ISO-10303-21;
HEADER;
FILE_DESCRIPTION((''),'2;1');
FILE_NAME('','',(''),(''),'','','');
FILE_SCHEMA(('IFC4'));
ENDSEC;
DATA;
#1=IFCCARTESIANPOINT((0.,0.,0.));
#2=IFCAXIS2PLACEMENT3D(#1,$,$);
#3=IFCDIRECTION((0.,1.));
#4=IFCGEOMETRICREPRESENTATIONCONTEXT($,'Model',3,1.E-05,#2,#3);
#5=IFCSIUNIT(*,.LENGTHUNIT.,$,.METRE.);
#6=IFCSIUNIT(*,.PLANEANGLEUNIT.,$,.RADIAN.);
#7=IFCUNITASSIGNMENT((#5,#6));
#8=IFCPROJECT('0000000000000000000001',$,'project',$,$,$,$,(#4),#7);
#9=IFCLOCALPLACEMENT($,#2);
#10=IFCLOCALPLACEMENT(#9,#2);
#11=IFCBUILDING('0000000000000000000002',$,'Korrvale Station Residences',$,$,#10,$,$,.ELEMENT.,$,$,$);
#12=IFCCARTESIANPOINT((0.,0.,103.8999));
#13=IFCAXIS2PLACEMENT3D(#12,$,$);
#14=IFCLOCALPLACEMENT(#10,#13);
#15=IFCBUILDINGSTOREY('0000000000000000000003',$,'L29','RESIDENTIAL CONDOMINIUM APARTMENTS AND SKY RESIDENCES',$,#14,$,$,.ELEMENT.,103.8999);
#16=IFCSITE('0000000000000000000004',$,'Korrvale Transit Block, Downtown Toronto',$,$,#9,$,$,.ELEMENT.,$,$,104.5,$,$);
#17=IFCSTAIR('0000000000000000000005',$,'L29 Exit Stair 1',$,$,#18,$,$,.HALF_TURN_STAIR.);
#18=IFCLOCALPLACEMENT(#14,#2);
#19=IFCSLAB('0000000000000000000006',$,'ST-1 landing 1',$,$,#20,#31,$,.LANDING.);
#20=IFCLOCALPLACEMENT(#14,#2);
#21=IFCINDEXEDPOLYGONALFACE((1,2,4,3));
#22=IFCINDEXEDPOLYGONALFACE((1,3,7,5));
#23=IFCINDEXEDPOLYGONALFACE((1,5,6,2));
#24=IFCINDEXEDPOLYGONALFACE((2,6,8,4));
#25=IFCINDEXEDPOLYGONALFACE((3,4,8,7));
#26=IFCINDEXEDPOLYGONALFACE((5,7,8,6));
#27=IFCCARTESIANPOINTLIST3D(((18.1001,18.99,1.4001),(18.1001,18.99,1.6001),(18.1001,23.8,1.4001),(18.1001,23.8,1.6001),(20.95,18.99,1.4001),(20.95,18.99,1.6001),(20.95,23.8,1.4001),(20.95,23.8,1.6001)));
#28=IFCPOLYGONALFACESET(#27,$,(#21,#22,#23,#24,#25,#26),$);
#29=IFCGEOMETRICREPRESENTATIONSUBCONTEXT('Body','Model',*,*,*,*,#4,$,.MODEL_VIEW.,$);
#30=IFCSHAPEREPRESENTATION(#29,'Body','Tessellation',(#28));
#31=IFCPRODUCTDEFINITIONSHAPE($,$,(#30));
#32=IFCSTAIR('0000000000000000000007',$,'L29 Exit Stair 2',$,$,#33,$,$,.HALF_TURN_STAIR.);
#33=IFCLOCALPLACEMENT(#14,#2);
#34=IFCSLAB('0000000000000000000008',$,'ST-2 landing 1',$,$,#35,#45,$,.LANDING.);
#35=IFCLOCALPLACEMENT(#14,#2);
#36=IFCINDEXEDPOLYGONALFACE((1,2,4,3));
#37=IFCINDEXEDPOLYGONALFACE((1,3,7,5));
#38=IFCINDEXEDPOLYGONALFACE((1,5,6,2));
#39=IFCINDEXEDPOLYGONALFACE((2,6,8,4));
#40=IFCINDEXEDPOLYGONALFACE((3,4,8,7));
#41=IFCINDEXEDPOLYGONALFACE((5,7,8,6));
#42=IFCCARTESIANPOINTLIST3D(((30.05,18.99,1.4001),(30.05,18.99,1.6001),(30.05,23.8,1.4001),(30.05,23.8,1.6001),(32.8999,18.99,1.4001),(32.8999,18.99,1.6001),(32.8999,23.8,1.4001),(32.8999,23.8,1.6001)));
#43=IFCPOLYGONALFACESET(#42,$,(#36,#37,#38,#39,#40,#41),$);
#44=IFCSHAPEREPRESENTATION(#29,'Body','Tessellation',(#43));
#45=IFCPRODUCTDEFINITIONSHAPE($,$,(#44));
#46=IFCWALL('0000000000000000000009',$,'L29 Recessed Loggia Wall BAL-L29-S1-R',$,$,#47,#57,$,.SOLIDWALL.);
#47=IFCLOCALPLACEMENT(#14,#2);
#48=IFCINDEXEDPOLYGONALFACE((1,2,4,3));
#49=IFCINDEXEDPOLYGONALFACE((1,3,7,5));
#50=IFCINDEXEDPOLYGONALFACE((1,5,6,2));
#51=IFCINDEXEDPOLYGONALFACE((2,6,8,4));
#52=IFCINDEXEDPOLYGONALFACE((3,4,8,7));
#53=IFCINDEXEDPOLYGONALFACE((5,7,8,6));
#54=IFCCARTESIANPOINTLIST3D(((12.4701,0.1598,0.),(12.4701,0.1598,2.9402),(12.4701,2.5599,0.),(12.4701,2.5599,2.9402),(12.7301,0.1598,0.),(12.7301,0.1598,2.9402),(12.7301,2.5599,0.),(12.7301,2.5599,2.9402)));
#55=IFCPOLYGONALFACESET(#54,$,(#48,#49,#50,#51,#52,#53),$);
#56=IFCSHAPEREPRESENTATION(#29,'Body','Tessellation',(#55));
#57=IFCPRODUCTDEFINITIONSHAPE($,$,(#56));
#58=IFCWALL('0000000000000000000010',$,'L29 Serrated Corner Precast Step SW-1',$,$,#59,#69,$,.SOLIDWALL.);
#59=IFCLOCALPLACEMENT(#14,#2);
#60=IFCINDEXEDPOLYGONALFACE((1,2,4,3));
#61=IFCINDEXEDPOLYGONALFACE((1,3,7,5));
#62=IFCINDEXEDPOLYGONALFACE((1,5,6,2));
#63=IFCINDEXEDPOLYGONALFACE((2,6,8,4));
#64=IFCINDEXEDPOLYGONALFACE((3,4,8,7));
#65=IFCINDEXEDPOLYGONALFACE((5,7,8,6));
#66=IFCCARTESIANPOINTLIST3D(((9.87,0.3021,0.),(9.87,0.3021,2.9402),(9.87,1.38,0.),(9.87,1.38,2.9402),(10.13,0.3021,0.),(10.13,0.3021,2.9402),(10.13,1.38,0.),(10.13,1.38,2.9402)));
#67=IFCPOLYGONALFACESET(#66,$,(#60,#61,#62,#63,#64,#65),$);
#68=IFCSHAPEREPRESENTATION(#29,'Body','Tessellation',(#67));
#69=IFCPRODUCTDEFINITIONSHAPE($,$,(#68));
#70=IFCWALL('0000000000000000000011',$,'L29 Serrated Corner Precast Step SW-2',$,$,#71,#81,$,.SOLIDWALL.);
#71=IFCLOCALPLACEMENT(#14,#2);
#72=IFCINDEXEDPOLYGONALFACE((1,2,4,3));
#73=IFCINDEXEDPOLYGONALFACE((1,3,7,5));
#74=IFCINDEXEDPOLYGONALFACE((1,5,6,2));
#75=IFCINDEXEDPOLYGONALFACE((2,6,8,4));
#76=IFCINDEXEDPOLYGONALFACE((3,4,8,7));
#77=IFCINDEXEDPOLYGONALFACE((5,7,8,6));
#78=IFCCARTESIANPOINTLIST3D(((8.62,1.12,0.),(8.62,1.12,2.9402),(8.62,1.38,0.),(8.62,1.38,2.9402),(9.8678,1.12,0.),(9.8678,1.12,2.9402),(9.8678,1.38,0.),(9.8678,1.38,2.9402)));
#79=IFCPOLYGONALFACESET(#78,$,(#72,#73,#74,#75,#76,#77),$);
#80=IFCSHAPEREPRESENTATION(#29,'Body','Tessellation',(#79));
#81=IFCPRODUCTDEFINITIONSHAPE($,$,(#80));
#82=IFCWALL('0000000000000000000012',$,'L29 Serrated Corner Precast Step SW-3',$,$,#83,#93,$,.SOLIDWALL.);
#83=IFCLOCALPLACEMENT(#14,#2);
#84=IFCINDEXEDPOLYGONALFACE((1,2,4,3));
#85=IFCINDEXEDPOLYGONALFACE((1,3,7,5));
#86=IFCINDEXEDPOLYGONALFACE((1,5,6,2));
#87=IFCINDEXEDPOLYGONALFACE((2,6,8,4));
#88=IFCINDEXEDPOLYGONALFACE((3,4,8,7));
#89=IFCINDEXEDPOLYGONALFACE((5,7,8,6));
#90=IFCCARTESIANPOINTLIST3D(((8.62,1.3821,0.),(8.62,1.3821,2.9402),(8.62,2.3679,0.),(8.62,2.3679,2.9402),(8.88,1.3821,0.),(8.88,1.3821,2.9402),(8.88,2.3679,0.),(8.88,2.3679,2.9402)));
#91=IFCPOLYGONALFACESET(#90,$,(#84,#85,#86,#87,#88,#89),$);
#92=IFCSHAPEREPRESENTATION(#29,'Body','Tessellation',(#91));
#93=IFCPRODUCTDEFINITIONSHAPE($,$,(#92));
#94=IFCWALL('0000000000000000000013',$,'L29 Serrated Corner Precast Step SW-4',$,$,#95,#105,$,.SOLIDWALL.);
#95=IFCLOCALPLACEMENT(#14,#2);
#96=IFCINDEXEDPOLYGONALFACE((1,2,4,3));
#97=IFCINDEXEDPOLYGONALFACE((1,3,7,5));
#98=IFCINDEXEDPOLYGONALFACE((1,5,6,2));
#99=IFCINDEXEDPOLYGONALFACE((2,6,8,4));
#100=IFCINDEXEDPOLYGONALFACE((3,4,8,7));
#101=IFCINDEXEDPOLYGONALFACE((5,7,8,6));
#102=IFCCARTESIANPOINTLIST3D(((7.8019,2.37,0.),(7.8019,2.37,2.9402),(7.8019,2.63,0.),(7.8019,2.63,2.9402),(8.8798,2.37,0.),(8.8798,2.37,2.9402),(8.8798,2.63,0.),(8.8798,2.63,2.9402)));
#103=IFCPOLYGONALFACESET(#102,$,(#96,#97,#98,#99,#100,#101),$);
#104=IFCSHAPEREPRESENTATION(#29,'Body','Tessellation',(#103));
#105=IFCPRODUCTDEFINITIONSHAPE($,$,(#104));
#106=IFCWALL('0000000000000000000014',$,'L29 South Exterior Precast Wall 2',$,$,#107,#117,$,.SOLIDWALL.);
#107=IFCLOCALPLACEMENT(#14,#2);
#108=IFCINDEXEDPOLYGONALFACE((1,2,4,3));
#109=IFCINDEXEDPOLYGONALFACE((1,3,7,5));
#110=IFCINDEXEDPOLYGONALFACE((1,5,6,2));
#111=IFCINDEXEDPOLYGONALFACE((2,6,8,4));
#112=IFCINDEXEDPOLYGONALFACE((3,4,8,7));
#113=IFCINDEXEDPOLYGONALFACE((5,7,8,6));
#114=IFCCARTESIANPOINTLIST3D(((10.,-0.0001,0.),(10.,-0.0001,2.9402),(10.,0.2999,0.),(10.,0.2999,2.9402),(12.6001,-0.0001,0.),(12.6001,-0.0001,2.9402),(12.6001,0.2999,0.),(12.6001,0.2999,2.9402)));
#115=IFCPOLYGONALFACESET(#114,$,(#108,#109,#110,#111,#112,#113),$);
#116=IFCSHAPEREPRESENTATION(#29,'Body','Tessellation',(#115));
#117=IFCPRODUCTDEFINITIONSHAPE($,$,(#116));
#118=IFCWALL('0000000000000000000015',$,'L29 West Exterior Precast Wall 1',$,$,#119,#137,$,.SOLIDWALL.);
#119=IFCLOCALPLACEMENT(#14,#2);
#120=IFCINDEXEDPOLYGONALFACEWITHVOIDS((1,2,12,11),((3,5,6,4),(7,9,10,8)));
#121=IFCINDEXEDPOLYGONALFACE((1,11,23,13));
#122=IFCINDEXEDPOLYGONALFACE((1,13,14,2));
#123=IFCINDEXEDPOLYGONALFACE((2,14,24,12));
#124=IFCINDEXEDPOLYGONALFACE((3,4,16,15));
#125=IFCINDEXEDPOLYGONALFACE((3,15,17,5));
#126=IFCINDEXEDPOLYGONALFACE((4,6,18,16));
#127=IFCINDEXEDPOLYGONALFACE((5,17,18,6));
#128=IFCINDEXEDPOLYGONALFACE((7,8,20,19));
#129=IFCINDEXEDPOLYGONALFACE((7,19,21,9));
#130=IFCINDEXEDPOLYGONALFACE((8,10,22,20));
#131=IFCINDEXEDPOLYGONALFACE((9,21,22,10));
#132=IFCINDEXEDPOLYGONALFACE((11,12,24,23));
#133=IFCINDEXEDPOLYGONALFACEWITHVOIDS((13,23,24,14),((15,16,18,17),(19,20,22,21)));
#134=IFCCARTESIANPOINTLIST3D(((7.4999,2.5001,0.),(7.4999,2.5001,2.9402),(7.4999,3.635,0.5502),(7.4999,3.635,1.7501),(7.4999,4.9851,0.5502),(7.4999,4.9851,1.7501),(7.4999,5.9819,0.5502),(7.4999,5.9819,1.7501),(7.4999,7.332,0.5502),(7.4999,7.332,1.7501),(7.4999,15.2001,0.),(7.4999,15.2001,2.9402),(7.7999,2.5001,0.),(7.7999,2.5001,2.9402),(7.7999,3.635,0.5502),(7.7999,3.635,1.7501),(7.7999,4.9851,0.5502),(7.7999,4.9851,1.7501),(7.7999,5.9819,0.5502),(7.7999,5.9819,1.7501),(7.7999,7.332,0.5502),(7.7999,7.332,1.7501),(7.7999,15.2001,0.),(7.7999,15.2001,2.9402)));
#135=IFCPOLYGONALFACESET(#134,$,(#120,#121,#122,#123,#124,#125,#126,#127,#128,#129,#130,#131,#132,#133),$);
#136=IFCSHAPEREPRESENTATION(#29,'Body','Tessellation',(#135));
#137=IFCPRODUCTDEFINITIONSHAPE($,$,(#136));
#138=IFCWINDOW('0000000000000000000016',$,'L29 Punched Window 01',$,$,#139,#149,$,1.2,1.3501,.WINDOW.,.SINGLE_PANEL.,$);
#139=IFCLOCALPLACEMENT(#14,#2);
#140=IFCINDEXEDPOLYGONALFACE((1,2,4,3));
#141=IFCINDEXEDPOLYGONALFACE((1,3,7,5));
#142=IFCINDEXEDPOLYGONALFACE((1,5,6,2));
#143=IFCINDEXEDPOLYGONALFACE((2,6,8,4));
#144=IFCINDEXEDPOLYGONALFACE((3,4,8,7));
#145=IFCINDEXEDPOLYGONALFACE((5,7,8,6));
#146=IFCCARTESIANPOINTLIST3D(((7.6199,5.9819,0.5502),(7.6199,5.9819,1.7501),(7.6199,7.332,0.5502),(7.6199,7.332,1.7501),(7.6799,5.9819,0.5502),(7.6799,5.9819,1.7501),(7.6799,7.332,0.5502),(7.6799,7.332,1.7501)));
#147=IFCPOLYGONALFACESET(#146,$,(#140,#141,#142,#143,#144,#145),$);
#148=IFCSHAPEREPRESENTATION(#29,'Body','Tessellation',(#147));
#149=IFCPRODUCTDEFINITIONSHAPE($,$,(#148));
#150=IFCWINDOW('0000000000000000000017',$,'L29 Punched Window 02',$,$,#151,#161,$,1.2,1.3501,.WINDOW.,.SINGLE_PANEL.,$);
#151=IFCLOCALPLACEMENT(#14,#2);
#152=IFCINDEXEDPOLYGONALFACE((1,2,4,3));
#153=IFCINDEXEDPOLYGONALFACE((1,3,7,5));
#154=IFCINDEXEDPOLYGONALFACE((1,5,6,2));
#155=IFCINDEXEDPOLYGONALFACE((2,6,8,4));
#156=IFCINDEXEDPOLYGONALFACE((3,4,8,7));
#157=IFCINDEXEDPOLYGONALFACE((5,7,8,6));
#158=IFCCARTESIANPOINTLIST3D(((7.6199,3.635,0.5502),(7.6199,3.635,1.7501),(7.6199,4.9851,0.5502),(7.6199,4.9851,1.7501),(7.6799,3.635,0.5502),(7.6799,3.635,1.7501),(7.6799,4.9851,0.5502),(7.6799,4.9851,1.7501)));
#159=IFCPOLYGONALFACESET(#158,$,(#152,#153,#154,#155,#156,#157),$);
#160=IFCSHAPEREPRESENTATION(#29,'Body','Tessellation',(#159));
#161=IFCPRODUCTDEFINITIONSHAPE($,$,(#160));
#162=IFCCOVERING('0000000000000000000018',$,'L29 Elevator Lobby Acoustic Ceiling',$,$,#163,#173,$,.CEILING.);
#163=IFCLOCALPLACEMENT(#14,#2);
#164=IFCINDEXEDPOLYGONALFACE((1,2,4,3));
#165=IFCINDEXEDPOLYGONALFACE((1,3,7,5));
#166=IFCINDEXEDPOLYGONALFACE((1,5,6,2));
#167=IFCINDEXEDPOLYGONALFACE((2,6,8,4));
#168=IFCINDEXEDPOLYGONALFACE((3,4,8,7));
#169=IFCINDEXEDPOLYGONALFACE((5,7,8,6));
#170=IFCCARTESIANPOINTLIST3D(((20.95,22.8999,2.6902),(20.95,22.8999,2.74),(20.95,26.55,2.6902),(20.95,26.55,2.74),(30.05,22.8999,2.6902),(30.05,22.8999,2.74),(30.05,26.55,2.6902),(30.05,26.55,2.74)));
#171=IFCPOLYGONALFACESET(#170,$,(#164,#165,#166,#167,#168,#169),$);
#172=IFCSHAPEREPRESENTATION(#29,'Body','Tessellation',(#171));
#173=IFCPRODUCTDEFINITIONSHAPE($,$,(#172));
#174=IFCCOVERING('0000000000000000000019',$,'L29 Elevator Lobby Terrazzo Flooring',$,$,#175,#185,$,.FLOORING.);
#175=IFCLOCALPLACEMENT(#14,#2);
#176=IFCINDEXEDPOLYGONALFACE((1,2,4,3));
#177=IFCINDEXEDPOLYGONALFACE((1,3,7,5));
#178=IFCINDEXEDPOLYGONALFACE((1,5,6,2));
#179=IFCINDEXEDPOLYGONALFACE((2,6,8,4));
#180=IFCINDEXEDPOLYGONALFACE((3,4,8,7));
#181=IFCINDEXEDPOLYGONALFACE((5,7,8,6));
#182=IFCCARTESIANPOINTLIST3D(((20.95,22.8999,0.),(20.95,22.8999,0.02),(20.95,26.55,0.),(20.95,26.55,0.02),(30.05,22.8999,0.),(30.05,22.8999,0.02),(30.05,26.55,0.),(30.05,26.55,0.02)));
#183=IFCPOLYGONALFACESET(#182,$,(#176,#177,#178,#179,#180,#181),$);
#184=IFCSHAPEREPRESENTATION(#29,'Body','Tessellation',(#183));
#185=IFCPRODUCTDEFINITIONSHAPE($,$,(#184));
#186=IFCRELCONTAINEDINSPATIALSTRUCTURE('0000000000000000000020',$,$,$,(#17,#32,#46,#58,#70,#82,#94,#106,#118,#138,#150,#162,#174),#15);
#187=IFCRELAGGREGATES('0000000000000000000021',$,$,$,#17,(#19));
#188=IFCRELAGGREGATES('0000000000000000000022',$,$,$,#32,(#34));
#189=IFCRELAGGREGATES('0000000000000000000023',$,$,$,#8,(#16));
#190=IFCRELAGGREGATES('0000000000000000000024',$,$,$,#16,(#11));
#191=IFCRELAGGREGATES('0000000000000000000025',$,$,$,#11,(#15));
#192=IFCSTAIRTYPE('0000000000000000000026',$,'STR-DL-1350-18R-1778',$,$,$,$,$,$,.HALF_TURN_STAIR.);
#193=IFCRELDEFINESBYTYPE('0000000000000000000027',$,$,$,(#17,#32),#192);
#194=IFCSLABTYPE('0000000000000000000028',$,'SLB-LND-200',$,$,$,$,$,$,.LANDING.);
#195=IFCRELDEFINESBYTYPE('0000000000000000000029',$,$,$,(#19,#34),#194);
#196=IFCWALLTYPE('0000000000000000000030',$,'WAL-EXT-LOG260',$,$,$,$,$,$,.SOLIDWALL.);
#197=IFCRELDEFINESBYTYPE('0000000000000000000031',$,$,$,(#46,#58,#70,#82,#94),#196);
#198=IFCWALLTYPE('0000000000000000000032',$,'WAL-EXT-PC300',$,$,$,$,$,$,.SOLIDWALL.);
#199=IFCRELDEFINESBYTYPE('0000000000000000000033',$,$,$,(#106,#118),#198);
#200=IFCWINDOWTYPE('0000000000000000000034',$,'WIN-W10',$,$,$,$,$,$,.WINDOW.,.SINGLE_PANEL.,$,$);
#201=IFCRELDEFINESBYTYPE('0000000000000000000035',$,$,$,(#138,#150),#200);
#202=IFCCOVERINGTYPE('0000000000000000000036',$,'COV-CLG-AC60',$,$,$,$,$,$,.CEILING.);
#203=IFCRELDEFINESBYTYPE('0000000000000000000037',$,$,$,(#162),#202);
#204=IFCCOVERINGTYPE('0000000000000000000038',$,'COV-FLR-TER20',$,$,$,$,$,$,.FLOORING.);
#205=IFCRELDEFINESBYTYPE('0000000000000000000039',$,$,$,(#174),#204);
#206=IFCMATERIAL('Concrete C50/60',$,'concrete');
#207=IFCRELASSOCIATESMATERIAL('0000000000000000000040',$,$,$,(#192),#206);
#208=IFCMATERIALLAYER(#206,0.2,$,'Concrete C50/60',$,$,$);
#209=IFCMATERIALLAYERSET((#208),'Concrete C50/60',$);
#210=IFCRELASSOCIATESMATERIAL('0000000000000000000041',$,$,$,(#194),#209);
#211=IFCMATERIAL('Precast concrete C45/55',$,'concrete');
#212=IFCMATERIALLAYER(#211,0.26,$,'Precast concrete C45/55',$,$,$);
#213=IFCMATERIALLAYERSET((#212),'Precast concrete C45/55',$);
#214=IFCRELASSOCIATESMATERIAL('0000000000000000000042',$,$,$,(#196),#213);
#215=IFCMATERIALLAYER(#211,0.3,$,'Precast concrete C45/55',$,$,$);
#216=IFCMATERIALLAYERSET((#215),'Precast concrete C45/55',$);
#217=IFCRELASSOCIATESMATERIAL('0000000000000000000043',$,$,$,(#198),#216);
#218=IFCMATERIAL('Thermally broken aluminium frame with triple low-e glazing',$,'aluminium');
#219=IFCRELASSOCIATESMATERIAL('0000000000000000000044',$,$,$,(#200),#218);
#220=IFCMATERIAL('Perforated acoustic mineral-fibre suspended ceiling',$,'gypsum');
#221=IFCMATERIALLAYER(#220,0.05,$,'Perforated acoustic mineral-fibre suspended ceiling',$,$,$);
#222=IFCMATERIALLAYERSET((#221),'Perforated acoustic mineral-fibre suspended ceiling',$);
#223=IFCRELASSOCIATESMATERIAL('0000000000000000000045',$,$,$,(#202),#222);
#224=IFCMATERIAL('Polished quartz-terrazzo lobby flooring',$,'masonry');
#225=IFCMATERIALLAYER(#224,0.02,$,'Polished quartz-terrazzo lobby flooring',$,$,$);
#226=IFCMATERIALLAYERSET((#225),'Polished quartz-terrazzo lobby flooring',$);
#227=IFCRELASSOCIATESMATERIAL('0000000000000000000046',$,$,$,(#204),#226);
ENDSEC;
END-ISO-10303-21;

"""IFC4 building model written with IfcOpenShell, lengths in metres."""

from ifc_helpers import new_model, si_unit, direction, frame, frame_2d, origin, place, context, subcontext, project, spatial, polyline, rectangle, outline, extrude, material, layer, layer_set, type_object, element, fill, aggregate, save


model = new_model("IFC4")

# Units and contexts
model_context = context("Model", 3, precision=1e-05, world=origin(), true_north=direction((0.0, 1.0)))
body_context = subcontext(model_context, "Body", "Model", "MODEL_VIEW")
ifc_project = project(units=[si_unit("LENGTHUNIT", "METRE"), si_unit("PLANEANGLEUNIT", "RADIAN")], contexts=[model_context])

# Site, building, storey
site_placement = place(None, origin())
site = spatial("IfcSite", under=ifc_project, at=site_placement, Name="Korrvale Transit Block, Downtown Toronto", CompositionType="ELEMENT", RefElevation=104.5)
building_placement = place(site_placement, origin())
building = spatial("IfcBuilding", under=site, at=building_placement, Name="Korrvale Station Residences", CompositionType="ELEMENT")
storey_placement = place(building_placement, frame((0.0, 0.0, 103.8999)))
storey = spatial("IfcBuildingStorey", under=building, at=storey_placement, Name="L29", Description="RESIDENTIAL CONDOMINIUM APARTMENTS AND SKY RESIDENCES", CompositionType="ELEMENT", Elevation=103.8999)

# Shared definitions
ifc_material_1 = material(Name="Concrete C50/60", Category="concrete")

# Stairs, slabs
stair_type = type_object("IfcStairType", Name="STR-DL-1350-18R-1778", PredefinedType="HALF_TURN_STAIR", material=ifc_material_1)
stair_1_placement = place(storey_placement, origin())
stair_1 = element("IfcStair", 1, at=stair_1_placement, inside=storey, type_object=stair_type, Name="L29 Exit Stair 1", PredefinedType="HALF_TURN_STAIR")
ifc_layer_1 = layer(ifc_material_1, 0.2, Name="Concrete C50/60")
ifc_layer_set_1 = layer_set([ifc_layer_1], Name="Concrete C50/60")
slab_type_1 = type_object("IfcSlabType", Name="SLB-LND-200", PredefinedType="LANDING", material=ifc_layer_set_1)
slab_1_placement = place(storey_placement, frame((0.0, 0.0, 1.4001)))
slab_1 = element("IfcSlab", 2, at=slab_1_placement, type_object=slab_type_1, Name="ST-1 landing 1", PredefinedType="LANDING", context=body_context, shape_type="SweptSolid", body=[
    extrude(outline(polyline([(20.95, 18.99), (20.95, 23.8), (18.1001, 23.8), (18.1001, 18.99), (20.95, 18.99)])), origin(), (0.0, 0.0, 1.0), 0.2),
])
aggregate(stair_1, [slab_1])
stair_2_placement = place(storey_placement, origin())
stair_2 = element("IfcStair", 3, at=stair_2_placement, inside=storey, type_object=stair_type, Name="L29 Exit Stair 2", PredefinedType="HALF_TURN_STAIR")
slab_2_placement = place(storey_placement, frame((0.0, 0.0, 1.4001)))
slab_2 = element("IfcSlab", 4, at=slab_2_placement, type_object=slab_type_1, Name="ST-2 landing 1", PredefinedType="LANDING", context=body_context, shape_type="SweptSolid", body=[
    extrude(outline(polyline([(32.8999, 18.99), (32.8999, 23.8), (30.05, 23.8), (30.05, 18.99), (32.8999, 18.99)])), origin(), (0.0, 0.0, 1.0), 0.2),
])
aggregate(stair_2, [slab_2])

# Walls
ifc_material_2 = material(Name="Precast concrete C45/55", Category="concrete")
ifc_layer_2 = layer(ifc_material_2, 0.26, Name="Precast concrete C45/55")
ifc_layer_set_2 = layer_set([ifc_layer_2], Name="Precast concrete C45/55")
wall_type_1 = type_object("IfcWallType", Name="WAL-EXT-LOG260", PredefinedType="SOLIDWALL", material=ifc_layer_set_2)
wall_1_placement = place(storey_placement, frame((12.6001, 2.5601, 0.0), z_axis=(0.0, 0.0, 1.0), x_axis=(0.0, -1.0, 0.0)))
element("IfcWall", 5, at=wall_1_placement, inside=storey, type_object=wall_type_1, Name="L29 Recessed Loggia Wall BAL-L29-S1-R", PredefinedType="SOLIDWALL", context=body_context, shape_type="SweptSolid", body=[
    extrude(rectangle(XDim=2.4001, YDim=0.26, at=frame_2d((1.2002, 0.0))), origin(), (0.0, 0.0, 1.0), 2.9402),
])
wall_2_placement = place(storey_placement, frame((10.0, 0.302, 0.0), z_axis=(0.0, 0.0, 1.0), x_axis=(0.0, 1.0, 0.0)))
element("IfcWall", 6, at=wall_2_placement, inside=storey, type_object=wall_type_1, Name="L29 Serrated Corner Precast Step SW-1", PredefinedType="SOLIDWALL", context=body_context, shape_type="SweptSolid", body=[
    extrude(rectangle(XDim=1.0779, YDim=0.26, at=frame_2d((0.5391, 0.0))), origin(), (0.0, 0.0, 1.0), 2.9402),
])
wall_3_placement = place(storey_placement, frame((9.8679, 1.25, 0.0), z_axis=(0.0, 0.0, 1.0), x_axis=(-1.0, 0.0, 0.0)))
element("IfcWall", 7, at=wall_3_placement, inside=storey, type_object=wall_type_1, Name="L29 Serrated Corner Precast Step SW-2", PredefinedType="SOLIDWALL", context=body_context, shape_type="SweptSolid", body=[
    extrude(rectangle(XDim=1.2478, YDim=0.26, at=frame_2d((0.624, 0.0))), origin(), (0.0, 0.0, 1.0), 2.9402),
])
wall_4_placement = place(storey_placement, frame((8.75, 1.3821, 0.0), z_axis=(0.0, 0.0, 1.0), x_axis=(0.0, 1.0, 0.0)))
element("IfcWall", 8, at=wall_4_placement, inside=storey, type_object=wall_type_1, Name="L29 Serrated Corner Precast Step SW-3", PredefinedType="SOLIDWALL", context=body_context, shape_type="SweptSolid", body=[
    extrude(rectangle(XDim=0.9858, YDim=0.26, at=frame_2d((0.4929, 0.0))), origin(), (0.0, 0.0, 1.0), 2.9402),
])
wall_5_placement = place(storey_placement, frame((8.8799, 2.5, 0.0), z_axis=(0.0, 0.0, 1.0), x_axis=(-1.0, 0.0, 0.0)))
element("IfcWall", 9, at=wall_5_placement, inside=storey, type_object=wall_type_1, Name="L29 Serrated Corner Precast Step SW-4", PredefinedType="SOLIDWALL", context=body_context, shape_type="SweptSolid", body=[
    extrude(rectangle(XDim=1.0779, YDim=0.26, at=frame_2d((0.5391, 0.0))), origin(), (0.0, 0.0, 1.0), 2.9402),
])
ifc_layer_3 = layer(ifc_material_2, 0.3, Name="Precast concrete C45/55")
ifc_layer_set_3 = layer_set([ifc_layer_3], Name="Precast concrete C45/55")
wall_type_2 = type_object("IfcWallType", Name="WAL-EXT-PC300", PredefinedType="SOLIDWALL", material=ifc_layer_set_3)
wall_6_placement = place(storey_placement, frame((12.6001, 0.1499, 0.0), z_axis=(0.0, 0.0, 1.0), x_axis=(-1.0, 0.0, 0.0)))
element("IfcWall", 10, at=wall_6_placement, inside=storey, type_object=wall_type_2, Name="L29 South Exterior Precast Wall 2", PredefinedType="SOLIDWALL", context=body_context, shape_type="SweptSolid", body=[
    extrude(rectangle(XDim=2.6001, YDim=0.3, at=frame_2d((1.3, 0.0))), origin(), (0.0, 0.0, 1.0), 2.9402),
])

# Wall, openings, windows
wall_7_placement = place(storey_placement, frame((7.6499, 2.5, 0.0), z_axis=(0.0, 0.0, 1.0), x_axis=(0.0, 1.0, 0.0)))
wall_7 = element("IfcWall", 11, at=wall_7_placement, inside=storey, type_object=wall_type_2, Name="L29 West Exterior Precast Wall 1", PredefinedType="SOLIDWALL", context=body_context, shape_type="SweptSolid", body=[
    extrude(rectangle(XDim=12.7, YDim=0.3, at=frame_2d((6.3501, 0.0))), origin(), (0.0, 0.0, 1.0), 2.9402),
])
opening_1_placement = place(wall_7_placement, frame((3.4819, 0.0, 0.55)))
opening_1 = element("IfcOpeningElement", 12, at=opening_1_placement, cuts=wall_7, PredefinedType="OPENING", context=body_context, shape_type="SweptSolid", body=[
    extrude(rectangle(XDim=1.3501, YDim=1.2, at=frame_2d((0.675, 0.6001))), frame((0.0, 0.1602, 0.0), z_axis=(0.0, -1.0, 0.0), x_axis=(1.0, 0.0, 0.0)), (0.0, 0.0, 1.0), 0.3201),
])
opening_2_placement = place(wall_7_placement, frame((1.135, 0.0, 0.55)))
opening_2 = element("IfcOpeningElement", 13, at=opening_2_placement, cuts=wall_7, PredefinedType="OPENING", context=body_context, shape_type="SweptSolid", body=[
    extrude(rectangle(XDim=1.3501, YDim=1.2, at=frame_2d((0.675, 0.6001))), frame((0.0, 0.1602, 0.0), z_axis=(0.0, -1.0, 0.0), x_axis=(1.0, 0.0, 0.0)), (0.0, 0.0, 1.0), 0.3201),
])
ifc_material_3 = material(Name="Thermally broken aluminium frame with triple low-e glazing", Category="aluminium")
window_type = type_object("IfcWindowType", Name="WIN-W10", PartitioningType="SINGLE_PANEL", PredefinedType="WINDOW", material=ifc_material_3)
window_1_placement = place(opening_1_placement, origin())
window_1 = element("IfcWindow", 14, at=window_1_placement, inside=storey, type_object=window_type, Name="L29 Punched Window 01", OverallHeight=1.2, OverallWidth=1.3501, PartitioningType="SINGLE_PANEL", PredefinedType="WINDOW", context=body_context, shape_type="SweptSolid", body=[
    extrude(rectangle(XDim=1.3501, YDim=1.2, at=frame_2d((0.675, 0.6001))), frame((0.0, 0.03, 0.0), z_axis=(0.0, -1.0, 0.0), x_axis=(1.0, 0.0, 0.0)), (0.0, 0.0, 1.0), 0.0601),
])
fill(opening_1, window_1)
window_2_placement = place(opening_2_placement, origin())
window_2 = element("IfcWindow", 15, at=window_2_placement, inside=storey, type_object=window_type, Name="L29 Punched Window 02", OverallHeight=1.2, OverallWidth=1.3501, PartitioningType="SINGLE_PANEL", PredefinedType="WINDOW", context=body_context, shape_type="SweptSolid", body=[
    extrude(rectangle(XDim=1.3501, YDim=1.2, at=frame_2d((0.675, 0.6001))), frame((0.0, 0.03, 0.0), z_axis=(0.0, -1.0, 0.0), x_axis=(1.0, 0.0, 0.0)), (0.0, 0.0, 1.0), 0.0601),
])
fill(opening_2, window_2)

# Coverings
ifc_material_4 = material(Name="Perforated acoustic mineral-fibre suspended ceiling", Category="gypsum")
ifc_layer_4 = layer(ifc_material_4, 0.05, Name="Perforated acoustic mineral-fibre suspended ceiling")
ifc_layer_set_4 = layer_set([ifc_layer_4], Name="Perforated acoustic mineral-fibre suspended ceiling")
covering_type_1 = type_object("IfcCoveringType", Name="COV-CLG-AC60", PredefinedType="CEILING", material=ifc_layer_set_4)
covering_1_placement = place(storey_placement, frame((0.0, 0.0, 2.6902)))
element("IfcCovering", 16, at=covering_1_placement, inside=storey, type_object=covering_type_1, Name="L29 Elevator Lobby Acoustic Ceiling", PredefinedType="CEILING", context=body_context, shape_type="SweptSolid", body=[
    extrude(outline(polyline([(20.95, 22.8999), (30.05, 22.8999), (30.05, 26.55), (20.95, 26.55), (20.95, 22.8999)])), origin(), (0.0, 0.0, 1.0), 0.0498),
])
ifc_material_5 = material(Name="Polished quartz-terrazzo lobby flooring", Category="masonry")
ifc_layer_5 = layer(ifc_material_5, 0.02, Name="Polished quartz-terrazzo lobby flooring")
ifc_layer_set_5 = layer_set([ifc_layer_5], Name="Polished quartz-terrazzo lobby flooring")
covering_type_2 = type_object("IfcCoveringType", Name="COV-FLR-TER20", PredefinedType="FLOORING", material=ifc_layer_set_5)
covering_2_placement = place(storey_placement, origin())
element("IfcCovering", 17, at=covering_2_placement, inside=storey, type_object=covering_type_2, Name="L29 Elevator Lobby Terrazzo Flooring", PredefinedType="FLOORING", context=body_context, shape_type="SweptSolid", body=[
    extrude(outline(polyline([(20.95, 22.8999), (30.05, 22.8999), (30.05, 26.55), (20.95, 26.55), (20.95, 22.8999)])), origin(), (0.0, 0.0, 1.0), 0.02),
])

save(model, "model.ifc")
